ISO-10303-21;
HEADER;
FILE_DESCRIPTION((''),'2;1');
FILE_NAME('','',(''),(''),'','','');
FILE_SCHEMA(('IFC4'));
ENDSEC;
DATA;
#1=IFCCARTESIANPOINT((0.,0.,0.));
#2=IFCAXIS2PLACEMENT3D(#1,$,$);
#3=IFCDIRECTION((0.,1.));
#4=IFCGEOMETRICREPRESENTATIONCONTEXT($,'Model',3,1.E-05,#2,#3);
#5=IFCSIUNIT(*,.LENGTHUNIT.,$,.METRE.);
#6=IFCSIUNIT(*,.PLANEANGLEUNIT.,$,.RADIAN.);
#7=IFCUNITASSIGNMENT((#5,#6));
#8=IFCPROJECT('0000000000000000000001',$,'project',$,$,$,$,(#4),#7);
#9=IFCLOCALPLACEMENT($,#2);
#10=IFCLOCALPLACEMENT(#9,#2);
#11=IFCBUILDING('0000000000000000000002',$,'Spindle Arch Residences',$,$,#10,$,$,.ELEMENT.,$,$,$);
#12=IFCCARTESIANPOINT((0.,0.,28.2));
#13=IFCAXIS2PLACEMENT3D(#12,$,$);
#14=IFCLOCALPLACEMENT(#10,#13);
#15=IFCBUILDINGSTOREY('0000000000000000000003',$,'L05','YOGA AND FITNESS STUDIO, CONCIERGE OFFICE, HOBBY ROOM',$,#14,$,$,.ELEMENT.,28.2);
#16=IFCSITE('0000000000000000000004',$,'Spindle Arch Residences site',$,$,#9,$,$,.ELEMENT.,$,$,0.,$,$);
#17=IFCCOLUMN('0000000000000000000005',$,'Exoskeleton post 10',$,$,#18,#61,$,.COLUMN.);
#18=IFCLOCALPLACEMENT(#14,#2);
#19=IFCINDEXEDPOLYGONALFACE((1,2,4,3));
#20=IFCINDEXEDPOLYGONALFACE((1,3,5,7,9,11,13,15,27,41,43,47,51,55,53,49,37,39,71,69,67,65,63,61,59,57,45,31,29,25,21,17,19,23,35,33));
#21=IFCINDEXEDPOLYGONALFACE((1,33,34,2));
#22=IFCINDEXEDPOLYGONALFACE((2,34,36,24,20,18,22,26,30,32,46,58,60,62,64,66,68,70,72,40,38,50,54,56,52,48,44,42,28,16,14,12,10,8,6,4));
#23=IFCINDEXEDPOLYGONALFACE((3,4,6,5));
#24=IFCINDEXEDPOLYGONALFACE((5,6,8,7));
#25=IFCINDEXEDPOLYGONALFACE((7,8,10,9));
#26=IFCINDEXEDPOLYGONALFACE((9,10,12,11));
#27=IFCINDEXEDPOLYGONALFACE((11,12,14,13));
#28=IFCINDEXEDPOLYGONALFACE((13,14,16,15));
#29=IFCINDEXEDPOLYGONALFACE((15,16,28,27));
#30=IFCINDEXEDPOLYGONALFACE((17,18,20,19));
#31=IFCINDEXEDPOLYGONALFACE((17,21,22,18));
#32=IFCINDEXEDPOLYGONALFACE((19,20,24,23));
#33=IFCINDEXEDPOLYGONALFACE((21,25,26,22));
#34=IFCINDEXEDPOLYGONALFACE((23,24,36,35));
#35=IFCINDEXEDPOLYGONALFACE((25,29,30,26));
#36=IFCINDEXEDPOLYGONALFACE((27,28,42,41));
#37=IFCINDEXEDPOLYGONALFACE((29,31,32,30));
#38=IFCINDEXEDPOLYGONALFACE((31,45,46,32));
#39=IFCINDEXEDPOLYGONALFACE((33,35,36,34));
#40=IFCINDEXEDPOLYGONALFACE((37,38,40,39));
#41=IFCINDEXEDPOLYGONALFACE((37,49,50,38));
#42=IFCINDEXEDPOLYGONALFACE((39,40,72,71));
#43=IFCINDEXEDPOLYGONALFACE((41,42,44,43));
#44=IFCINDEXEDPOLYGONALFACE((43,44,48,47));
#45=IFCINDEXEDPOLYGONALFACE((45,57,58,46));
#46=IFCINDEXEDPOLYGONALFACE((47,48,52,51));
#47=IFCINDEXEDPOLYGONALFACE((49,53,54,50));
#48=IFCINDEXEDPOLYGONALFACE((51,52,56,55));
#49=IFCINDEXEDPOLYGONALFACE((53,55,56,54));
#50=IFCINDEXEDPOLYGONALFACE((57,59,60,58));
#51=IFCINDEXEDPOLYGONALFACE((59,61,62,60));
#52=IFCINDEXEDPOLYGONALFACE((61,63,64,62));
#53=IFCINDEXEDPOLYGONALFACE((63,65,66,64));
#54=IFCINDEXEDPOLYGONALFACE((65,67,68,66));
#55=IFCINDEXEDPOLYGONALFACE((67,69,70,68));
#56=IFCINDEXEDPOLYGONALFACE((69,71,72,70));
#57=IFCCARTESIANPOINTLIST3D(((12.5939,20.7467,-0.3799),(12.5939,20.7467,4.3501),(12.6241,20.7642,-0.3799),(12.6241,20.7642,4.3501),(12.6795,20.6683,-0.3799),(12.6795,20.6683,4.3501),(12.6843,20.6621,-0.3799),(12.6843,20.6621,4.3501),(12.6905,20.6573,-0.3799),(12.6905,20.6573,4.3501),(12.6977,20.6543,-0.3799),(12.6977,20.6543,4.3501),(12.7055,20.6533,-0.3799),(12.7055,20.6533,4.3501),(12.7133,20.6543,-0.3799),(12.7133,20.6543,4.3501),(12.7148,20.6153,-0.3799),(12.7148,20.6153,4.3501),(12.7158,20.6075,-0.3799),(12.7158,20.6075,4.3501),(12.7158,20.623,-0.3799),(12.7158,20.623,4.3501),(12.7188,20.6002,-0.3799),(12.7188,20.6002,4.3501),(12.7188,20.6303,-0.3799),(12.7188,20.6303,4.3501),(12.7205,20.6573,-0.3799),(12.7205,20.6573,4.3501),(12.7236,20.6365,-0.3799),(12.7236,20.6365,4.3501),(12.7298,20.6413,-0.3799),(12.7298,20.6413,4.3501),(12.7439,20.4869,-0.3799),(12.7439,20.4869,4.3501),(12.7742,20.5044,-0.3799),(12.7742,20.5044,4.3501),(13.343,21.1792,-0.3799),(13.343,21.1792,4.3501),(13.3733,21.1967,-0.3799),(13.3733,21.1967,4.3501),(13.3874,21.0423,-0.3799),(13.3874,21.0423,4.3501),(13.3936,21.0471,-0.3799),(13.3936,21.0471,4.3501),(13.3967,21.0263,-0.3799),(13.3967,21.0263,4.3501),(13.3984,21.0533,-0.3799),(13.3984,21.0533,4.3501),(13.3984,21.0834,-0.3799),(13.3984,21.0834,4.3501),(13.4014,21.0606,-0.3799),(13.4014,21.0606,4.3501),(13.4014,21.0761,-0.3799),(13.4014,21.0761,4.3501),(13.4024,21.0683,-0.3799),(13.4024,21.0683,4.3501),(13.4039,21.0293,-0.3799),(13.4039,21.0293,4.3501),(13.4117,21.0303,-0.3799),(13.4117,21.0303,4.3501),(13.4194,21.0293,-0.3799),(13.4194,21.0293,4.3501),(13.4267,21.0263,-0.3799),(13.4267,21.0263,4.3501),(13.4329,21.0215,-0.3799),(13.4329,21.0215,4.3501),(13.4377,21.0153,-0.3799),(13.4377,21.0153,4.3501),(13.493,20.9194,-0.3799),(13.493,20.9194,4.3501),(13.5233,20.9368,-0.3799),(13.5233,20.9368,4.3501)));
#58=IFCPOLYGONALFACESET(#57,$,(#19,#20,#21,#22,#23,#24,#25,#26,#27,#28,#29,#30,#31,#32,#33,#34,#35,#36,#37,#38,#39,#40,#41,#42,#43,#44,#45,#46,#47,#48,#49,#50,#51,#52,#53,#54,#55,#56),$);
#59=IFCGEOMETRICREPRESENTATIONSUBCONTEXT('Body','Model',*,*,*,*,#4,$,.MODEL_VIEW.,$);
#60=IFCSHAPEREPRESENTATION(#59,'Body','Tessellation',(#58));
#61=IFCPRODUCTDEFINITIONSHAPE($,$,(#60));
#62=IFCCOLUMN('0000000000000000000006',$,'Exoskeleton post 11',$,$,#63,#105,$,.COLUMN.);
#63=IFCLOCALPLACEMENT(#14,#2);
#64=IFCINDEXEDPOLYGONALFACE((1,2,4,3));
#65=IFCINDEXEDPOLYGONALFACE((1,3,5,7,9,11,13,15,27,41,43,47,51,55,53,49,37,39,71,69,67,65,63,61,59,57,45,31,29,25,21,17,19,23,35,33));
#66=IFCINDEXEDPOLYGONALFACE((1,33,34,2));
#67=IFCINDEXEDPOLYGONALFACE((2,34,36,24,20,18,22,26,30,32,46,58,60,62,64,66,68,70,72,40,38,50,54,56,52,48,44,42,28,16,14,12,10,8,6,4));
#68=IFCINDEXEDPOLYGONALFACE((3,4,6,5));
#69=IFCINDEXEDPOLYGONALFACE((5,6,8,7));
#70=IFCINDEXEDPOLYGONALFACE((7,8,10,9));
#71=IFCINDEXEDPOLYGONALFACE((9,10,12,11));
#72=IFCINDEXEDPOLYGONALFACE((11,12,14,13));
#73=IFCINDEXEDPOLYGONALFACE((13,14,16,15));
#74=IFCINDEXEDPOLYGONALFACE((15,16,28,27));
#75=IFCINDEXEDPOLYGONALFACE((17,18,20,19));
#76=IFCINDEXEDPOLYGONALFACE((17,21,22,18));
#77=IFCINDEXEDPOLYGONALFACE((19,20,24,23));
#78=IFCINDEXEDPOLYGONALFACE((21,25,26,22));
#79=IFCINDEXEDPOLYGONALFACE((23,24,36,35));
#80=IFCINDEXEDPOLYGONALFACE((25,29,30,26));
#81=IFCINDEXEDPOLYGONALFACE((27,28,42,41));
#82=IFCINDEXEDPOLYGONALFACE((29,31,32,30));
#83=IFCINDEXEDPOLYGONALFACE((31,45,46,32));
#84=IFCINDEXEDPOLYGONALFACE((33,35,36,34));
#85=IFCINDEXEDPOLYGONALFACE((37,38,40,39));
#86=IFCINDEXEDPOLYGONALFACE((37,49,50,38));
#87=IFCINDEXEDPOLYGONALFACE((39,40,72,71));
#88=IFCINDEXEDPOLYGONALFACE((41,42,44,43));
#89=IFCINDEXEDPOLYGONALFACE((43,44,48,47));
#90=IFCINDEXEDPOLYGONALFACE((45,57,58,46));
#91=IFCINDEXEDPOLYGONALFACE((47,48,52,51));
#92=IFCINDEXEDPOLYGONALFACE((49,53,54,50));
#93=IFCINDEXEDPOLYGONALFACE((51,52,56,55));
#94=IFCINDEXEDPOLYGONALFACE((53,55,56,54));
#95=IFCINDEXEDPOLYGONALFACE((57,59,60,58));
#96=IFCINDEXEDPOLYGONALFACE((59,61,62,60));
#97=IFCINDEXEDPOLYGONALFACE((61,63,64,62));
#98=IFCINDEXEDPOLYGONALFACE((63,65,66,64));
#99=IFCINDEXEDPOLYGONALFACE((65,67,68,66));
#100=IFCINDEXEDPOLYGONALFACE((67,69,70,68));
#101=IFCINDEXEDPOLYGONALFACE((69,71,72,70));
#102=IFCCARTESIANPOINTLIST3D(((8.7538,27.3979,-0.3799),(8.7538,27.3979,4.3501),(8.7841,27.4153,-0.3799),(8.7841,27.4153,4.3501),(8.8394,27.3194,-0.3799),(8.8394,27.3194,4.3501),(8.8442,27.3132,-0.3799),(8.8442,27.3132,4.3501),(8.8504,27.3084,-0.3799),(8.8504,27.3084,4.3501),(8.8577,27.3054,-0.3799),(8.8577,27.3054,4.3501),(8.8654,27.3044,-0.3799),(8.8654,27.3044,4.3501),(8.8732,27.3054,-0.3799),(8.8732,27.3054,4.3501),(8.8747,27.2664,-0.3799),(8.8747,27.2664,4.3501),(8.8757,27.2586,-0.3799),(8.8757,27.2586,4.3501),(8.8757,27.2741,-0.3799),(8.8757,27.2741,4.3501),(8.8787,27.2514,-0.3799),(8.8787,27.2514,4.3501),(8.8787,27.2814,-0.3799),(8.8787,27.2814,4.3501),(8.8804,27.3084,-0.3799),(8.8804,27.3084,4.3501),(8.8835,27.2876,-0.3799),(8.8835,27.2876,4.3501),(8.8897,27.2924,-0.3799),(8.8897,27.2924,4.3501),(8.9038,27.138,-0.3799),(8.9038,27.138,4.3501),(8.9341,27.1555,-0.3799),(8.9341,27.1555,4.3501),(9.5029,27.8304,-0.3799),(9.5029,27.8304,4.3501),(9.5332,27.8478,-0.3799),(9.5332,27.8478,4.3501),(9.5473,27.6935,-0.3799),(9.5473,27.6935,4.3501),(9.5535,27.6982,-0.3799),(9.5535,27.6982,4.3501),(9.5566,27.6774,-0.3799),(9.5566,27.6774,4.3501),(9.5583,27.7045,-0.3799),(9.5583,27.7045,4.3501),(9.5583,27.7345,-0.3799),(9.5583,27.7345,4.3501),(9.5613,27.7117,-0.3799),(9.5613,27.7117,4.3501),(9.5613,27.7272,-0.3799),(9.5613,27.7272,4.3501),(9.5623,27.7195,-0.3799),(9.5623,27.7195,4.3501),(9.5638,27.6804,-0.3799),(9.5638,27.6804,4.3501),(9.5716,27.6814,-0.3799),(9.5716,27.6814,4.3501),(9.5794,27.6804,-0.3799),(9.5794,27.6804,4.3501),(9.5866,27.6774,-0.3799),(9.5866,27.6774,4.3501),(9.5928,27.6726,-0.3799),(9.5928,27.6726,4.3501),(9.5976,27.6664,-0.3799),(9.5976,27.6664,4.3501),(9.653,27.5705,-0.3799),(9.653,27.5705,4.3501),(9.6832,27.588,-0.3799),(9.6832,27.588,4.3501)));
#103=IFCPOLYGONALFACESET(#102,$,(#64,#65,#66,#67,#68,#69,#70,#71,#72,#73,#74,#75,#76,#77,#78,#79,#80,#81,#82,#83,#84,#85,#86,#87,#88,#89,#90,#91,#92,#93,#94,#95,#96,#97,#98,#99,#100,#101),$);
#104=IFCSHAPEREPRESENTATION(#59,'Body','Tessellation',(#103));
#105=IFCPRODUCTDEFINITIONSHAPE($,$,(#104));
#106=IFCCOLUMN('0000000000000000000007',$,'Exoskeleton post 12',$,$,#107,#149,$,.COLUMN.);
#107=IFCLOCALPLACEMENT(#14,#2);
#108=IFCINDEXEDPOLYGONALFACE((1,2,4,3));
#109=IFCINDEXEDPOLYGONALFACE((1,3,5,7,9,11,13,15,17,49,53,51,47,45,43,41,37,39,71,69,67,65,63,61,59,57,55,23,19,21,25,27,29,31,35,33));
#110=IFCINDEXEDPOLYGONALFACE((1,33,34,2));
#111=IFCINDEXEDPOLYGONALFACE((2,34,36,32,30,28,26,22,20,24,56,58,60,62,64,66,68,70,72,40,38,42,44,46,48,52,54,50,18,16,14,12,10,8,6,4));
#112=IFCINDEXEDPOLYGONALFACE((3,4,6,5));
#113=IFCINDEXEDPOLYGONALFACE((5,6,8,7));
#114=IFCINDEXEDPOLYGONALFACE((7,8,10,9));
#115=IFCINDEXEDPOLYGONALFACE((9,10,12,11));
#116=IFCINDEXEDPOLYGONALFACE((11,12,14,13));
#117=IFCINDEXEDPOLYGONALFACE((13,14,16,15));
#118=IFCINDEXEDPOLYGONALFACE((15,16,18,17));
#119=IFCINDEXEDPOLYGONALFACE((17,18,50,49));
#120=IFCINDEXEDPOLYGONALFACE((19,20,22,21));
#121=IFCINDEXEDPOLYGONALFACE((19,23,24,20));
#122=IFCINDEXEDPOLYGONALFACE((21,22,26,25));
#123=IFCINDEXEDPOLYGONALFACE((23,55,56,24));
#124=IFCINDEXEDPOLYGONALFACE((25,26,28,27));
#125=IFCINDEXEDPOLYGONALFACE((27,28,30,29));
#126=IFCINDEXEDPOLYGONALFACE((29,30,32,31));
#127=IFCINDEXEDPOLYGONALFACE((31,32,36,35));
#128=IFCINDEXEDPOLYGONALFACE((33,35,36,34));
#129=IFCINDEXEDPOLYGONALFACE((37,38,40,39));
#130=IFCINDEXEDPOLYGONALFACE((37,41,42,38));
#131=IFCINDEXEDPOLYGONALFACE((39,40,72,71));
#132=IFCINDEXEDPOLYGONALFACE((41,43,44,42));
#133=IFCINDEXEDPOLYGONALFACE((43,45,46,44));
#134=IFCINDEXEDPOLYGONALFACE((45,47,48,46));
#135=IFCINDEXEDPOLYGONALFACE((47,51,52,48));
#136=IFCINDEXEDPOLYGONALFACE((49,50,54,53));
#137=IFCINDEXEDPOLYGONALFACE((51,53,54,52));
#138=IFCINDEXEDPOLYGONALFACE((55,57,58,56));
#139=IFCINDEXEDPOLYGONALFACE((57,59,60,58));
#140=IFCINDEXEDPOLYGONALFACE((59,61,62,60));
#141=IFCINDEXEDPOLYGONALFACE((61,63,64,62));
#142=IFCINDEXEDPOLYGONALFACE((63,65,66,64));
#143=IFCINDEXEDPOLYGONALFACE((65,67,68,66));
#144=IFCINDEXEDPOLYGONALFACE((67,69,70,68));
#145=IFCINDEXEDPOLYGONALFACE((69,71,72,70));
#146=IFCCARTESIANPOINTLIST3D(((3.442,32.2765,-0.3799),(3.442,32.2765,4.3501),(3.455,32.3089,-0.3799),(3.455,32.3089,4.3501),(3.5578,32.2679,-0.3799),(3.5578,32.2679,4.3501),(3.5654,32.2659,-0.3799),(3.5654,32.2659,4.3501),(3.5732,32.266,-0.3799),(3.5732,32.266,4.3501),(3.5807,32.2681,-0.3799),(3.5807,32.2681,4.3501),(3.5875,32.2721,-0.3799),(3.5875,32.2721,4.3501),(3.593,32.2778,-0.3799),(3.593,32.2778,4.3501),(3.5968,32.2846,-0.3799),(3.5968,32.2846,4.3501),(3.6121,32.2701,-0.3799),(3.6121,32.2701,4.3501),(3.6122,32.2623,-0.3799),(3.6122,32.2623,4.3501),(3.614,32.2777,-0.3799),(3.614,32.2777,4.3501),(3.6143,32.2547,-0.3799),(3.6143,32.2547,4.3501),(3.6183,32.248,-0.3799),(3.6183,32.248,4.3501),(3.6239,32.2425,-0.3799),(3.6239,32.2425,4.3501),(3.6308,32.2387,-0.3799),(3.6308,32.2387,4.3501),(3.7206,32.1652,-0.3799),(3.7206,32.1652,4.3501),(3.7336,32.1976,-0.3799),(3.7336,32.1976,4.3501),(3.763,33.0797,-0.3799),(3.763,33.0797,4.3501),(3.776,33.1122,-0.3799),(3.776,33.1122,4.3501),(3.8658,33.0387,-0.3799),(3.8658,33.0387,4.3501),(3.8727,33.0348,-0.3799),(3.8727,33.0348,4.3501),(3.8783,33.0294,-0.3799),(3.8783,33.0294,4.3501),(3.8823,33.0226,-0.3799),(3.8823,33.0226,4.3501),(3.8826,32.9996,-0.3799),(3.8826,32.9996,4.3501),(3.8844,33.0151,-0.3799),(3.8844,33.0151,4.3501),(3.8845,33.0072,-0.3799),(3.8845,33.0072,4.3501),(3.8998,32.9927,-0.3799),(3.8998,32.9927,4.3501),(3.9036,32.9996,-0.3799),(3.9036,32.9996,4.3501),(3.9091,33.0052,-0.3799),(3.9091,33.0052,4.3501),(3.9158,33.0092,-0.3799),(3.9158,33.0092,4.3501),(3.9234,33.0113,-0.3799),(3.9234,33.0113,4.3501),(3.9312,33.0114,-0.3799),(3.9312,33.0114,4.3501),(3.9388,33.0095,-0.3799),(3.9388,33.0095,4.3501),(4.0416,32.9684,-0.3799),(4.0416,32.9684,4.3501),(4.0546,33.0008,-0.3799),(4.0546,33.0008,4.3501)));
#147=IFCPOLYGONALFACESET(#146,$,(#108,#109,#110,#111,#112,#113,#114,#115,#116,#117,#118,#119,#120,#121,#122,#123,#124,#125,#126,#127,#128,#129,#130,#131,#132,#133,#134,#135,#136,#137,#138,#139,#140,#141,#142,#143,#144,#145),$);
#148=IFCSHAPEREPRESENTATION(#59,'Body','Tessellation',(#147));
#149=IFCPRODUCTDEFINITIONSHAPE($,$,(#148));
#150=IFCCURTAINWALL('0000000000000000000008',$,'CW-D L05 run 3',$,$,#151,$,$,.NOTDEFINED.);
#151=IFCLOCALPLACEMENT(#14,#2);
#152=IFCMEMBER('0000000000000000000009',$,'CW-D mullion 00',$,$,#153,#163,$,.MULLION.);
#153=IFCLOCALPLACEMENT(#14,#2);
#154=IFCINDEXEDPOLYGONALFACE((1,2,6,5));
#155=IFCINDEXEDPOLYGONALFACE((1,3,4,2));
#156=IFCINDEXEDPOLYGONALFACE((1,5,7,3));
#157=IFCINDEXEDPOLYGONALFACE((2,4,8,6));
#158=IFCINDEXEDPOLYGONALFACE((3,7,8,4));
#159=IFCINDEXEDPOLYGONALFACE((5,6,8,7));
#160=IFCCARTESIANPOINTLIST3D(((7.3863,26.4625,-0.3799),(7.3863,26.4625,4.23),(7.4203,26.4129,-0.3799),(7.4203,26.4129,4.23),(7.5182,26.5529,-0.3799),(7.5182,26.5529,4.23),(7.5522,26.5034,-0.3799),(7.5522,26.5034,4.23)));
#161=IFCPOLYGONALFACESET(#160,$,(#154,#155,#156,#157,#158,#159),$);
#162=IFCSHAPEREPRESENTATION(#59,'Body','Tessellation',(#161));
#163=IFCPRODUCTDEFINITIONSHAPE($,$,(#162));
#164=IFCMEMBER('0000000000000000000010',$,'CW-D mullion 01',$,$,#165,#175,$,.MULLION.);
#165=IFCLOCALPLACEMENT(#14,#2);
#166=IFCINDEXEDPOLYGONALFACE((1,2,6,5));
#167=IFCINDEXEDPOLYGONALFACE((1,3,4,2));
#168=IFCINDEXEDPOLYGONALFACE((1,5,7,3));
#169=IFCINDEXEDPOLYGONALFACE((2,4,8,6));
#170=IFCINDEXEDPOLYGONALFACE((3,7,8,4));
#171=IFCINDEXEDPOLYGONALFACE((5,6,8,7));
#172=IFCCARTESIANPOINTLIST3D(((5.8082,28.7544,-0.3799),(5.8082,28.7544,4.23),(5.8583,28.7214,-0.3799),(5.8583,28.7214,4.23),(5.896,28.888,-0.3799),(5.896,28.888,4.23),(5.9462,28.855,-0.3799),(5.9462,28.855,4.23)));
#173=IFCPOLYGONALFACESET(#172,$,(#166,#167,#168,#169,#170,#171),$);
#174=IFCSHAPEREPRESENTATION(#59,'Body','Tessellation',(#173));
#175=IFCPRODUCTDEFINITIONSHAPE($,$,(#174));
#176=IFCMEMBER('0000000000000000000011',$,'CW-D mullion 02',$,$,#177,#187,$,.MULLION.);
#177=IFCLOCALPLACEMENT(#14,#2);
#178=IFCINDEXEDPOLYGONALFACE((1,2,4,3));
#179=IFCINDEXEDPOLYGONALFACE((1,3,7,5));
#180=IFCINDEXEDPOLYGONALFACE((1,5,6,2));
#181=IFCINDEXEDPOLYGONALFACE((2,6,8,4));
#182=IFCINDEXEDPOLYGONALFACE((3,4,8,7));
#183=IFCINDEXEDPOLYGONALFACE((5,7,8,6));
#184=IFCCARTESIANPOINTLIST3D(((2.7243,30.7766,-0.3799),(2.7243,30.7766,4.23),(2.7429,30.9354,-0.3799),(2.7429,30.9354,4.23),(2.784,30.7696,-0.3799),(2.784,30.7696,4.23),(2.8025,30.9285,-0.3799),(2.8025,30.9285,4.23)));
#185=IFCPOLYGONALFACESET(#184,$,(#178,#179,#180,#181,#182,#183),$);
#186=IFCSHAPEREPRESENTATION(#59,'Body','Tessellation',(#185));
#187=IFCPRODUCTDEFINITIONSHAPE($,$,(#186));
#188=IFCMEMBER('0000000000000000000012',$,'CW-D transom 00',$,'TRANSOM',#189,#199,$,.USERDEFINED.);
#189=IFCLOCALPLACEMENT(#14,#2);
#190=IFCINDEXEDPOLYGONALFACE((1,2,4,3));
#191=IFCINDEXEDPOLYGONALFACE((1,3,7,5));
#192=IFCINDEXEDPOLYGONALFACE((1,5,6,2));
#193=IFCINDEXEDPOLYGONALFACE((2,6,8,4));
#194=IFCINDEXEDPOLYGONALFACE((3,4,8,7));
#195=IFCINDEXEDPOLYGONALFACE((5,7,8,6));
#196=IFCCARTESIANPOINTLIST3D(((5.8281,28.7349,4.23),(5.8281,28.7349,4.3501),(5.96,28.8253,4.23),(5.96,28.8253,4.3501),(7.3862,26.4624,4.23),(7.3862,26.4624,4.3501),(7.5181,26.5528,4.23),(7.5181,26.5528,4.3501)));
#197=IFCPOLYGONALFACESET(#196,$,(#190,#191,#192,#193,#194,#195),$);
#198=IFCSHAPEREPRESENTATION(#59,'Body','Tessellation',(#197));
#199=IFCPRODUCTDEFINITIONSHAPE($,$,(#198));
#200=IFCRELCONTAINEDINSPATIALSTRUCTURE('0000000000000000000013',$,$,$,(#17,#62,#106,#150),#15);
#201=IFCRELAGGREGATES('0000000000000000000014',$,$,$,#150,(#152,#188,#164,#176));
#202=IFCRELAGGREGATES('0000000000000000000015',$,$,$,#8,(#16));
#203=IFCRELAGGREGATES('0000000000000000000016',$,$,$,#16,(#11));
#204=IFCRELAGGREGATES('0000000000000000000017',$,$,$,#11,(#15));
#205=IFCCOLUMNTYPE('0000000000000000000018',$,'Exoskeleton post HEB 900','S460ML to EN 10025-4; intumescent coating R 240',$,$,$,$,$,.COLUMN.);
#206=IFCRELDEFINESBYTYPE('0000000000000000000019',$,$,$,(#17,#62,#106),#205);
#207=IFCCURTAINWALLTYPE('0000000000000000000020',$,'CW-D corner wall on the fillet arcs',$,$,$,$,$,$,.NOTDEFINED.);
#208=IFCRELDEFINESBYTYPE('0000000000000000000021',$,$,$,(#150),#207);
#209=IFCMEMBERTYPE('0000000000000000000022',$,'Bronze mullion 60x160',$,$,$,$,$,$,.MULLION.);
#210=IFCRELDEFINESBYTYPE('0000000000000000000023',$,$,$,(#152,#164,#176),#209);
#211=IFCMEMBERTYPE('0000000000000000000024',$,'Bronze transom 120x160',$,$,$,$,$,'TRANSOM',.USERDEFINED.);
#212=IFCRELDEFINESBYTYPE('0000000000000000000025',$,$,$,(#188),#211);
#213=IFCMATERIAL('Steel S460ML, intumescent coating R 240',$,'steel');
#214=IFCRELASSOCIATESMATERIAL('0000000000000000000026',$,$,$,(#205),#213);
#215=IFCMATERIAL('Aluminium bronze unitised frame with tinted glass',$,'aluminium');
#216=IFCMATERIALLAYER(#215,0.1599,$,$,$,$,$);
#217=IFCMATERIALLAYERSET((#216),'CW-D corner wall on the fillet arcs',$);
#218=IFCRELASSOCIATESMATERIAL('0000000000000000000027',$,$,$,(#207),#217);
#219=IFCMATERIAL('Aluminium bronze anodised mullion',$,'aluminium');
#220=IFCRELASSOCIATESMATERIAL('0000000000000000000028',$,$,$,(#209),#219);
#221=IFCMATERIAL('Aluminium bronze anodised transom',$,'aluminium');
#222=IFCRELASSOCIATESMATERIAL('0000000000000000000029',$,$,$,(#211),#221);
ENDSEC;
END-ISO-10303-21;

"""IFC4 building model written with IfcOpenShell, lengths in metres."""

from ifc_helpers import new_model, si_unit, direction, frame, origin, origin_2d, place, context, subcontext, project, spatial, rectangle, i_section, extrude, material, layer, layer_set, material_profile, profile_set, type_object, element, aggregate, save


model = new_model("IFC4")

# Units and contexts
model_context = context("Model", 3, precision=1e-05, world=origin(), true_north=direction((0.0, 1.0)))
body_context = subcontext(model_context, "Body", "Model", "MODEL_VIEW")
ifc_project = project(units=[si_unit("LENGTHUNIT", "METRE"), si_unit("PLANEANGLEUNIT", "RADIAN")], contexts=[model_context])

# Site, building, storey
site_placement = place(None, origin())
site = spatial("IfcSite", under=ifc_project, at=site_placement, Name="Spindle Arch Residences site", CompositionType="ELEMENT", RefElevation=0.0)
building_placement = place(site_placement, origin())
building = spatial("IfcBuilding", under=site, at=building_placement, Name="Spindle Arch Residences", CompositionType="ELEMENT")
storey_placement = place(building_placement, frame((0.0, 0.0, 28.2)))
storey = spatial("IfcBuildingStorey", under=building, at=storey_placement, Name="L05", Description="YOGA AND FITNESS STUDIO, CONCIERGE OFFICE, HOBBY ROOM", CompositionType="ELEMENT", Elevation=28.2)

# Columns
ifc_material_1 = material(Name="Steel S460ML, intumescent coating R 240", Category="steel")
ifc_material_profile_1 = material_profile(ifc_material_1, i_section(OverallWidth=0.3, OverallDepth=0.8999, WebThickness=0.0186, FlangeThickness=0.0349, FilletRadius=0.03, at=origin_2d()), Name="HEB 900")
ifc_profile_set_1 = profile_set([ifc_material_profile_1], Name="Steel S460ML, intumescent coating R 240")
column_type = type_object("IfcColumnType", Name="Exoskeleton post HEB 900", Description="S460ML to EN 10025-4; intumescent coating R 240", PredefinedType="COLUMN", material=ifc_profile_set_1)
for number, where, z_axis, x_axis, name in (
    (1, (13.0586, 20.8418, -0.3799), (0.0, 0.0, 1.0), (0.5, -0.866025, 0.0), "Exoskeleton post 10"),
    (2, (9.2185, 27.4929, -0.3799), (0.0, 0.0, 1.0), (0.5, -0.866025, 0.0), "Exoskeleton post 11"),
    (3, (3.7483, 32.6387, -0.3799), (0.0, 0.0, 1.0), (0.92859, -0.371108, 0.0), "Exoskeleton post 12"),
):
    element("IfcColumn", number, at=place(storey_placement, frame(where, z_axis=z_axis, x_axis=x_axis)), inside=storey, type_object=column_type, Name=name, PredefinedType="COLUMN", context=body_context, shape_type="SweptSolid", body=[
        extrude(i_section(OverallWidth=0.3, OverallDepth=0.8999, WebThickness=0.0186, FlangeThickness=0.0349, FilletRadius=0.03, at=origin_2d()), origin(), (0.0, 0.0, 1.0), 4.73),
    ])

# Curtain wall, members
ifc_material_2 = material(Name="Aluminium bronze unitised frame with tinted glass", Category="aluminium")
ifc_layer_1 = layer(ifc_material_2, 0.1599)
ifc_layer_set_1 = layer_set([ifc_layer_1], Name="CW-D corner wall on the fillet arcs")
curtain_wall_type_1 = type_object("IfcCurtainWallType", Name="CW-D corner wall on the fillet arcs", PredefinedType="NOTDEFINED", material=ifc_layer_set_1)
curtain_wall_1_placement = place(storey_placement, origin())
curtain_wall_1 = element("IfcCurtainWall", 4, at=curtain_wall_1_placement, inside=storey, type_object=curtain_wall_type_1, Name="CW-D L05 run 3", PredefinedType="NOTDEFINED")
ifc_material_3 = material(Name="Aluminium bronze anodised mullion", Category="aluminium")
ifc_material_profile_2 = material_profile(ifc_material_3, rectangle(XDim=0.1599, YDim=0.0601, at=origin_2d()), Name="MU 60x160")
ifc_profile_set_2 = profile_set([ifc_material_profile_2], Name="Aluminium bronze anodised mullion")
member_type_1 = type_object("IfcMemberType", Name="Bronze mullion 60x160", PredefinedType="MULLION", material=ifc_profile_set_2)
member_1_placement = place(storey_placement, frame((7.4692, 26.4829, -0.3799), z_axis=(0.0, 0.0, 1.0), x_axis=(-0.824748, -0.565501, 0.0)))
member_1 = element("IfcMember", 5, at=member_1_placement, type_object=member_type_1, Name="CW-D mullion 00", PredefinedType="MULLION", context=body_context, shape_type="SweptSolid", body=[
    extrude(rectangle(XDim=0.1599, YDim=0.0601, at=origin_2d()), origin(), (0.0, 0.0, 1.0), 4.6099),
])
member_2_placement = place(storey_placement, frame((5.8772, 28.8047, -0.3799), z_axis=(0.0, 0.0, 1.0), x_axis=(-0.549509, -0.835488, 0.0)))
member_2 = element("IfcMember", 6, at=member_2_placement, type_object=member_type_1, Name="CW-D mullion 01", PredefinedType="MULLION", context=body_context, shape_type="SweptSolid", body=[
    extrude(rectangle(XDim=0.1599, YDim=0.0601, at=origin_2d()), origin(), (0.0, 0.0, 1.0), 4.6099),
])
member_3_placement = place(storey_placement, frame((2.7634, 30.8525, -0.3799), z_axis=(0.0, 0.0, 1.0), x_axis=(-0.116093, -0.993238, 0.0)))
member_3 = element("IfcMember", 7, at=member_3_placement, type_object=member_type_1, Name="CW-D mullion 02", PredefinedType="MULLION", context=body_context, shape_type="SweptSolid", body=[
    extrude(rectangle(XDim=0.1599, YDim=0.0601, at=origin_2d()), origin(), (0.0, 0.0, 1.0), 4.6099),
])
ifc_material_4 = material(Name="Aluminium bronze anodised transom", Category="aluminium")
ifc_material_profile_3 = material_profile(ifc_material_4, rectangle(XDim=0.1599, YDim=0.1201, at=origin_2d()), Name="TR 120x160")
ifc_profile_set_3 = profile_set([ifc_material_profile_3], Name="Aluminium bronze anodised transom")
member_type_2 = type_object("IfcMemberType", Name="Bronze transom 120x160", ElementType="TRANSOM", PredefinedType="USERDEFINED", material=ifc_profile_set_3)
member_4_placement = place(storey_placement, frame((7.4521, 26.5076, 4.29), z_axis=(-0.56549, 0.824755, 0.0), x_axis=(-0.824755, -0.56549, 0.0)))
member_4 = element("IfcMember", 8, at=member_4_placement, type_object=member_type_2, Name="CW-D transom 00", ObjectType="TRANSOM", PredefinedType="USERDEFINED", context=body_context, shape_type="SweptSolid", body=[
    extrude(rectangle(XDim=0.1599, YDim=0.1201, at=origin_2d()), origin(), (0.0, 0.0, 1.0), 2.7554),
])

aggregate(curtain_wall_1, [member_1, member_4, member_2, member_3])

save(model, "model.ifc")
